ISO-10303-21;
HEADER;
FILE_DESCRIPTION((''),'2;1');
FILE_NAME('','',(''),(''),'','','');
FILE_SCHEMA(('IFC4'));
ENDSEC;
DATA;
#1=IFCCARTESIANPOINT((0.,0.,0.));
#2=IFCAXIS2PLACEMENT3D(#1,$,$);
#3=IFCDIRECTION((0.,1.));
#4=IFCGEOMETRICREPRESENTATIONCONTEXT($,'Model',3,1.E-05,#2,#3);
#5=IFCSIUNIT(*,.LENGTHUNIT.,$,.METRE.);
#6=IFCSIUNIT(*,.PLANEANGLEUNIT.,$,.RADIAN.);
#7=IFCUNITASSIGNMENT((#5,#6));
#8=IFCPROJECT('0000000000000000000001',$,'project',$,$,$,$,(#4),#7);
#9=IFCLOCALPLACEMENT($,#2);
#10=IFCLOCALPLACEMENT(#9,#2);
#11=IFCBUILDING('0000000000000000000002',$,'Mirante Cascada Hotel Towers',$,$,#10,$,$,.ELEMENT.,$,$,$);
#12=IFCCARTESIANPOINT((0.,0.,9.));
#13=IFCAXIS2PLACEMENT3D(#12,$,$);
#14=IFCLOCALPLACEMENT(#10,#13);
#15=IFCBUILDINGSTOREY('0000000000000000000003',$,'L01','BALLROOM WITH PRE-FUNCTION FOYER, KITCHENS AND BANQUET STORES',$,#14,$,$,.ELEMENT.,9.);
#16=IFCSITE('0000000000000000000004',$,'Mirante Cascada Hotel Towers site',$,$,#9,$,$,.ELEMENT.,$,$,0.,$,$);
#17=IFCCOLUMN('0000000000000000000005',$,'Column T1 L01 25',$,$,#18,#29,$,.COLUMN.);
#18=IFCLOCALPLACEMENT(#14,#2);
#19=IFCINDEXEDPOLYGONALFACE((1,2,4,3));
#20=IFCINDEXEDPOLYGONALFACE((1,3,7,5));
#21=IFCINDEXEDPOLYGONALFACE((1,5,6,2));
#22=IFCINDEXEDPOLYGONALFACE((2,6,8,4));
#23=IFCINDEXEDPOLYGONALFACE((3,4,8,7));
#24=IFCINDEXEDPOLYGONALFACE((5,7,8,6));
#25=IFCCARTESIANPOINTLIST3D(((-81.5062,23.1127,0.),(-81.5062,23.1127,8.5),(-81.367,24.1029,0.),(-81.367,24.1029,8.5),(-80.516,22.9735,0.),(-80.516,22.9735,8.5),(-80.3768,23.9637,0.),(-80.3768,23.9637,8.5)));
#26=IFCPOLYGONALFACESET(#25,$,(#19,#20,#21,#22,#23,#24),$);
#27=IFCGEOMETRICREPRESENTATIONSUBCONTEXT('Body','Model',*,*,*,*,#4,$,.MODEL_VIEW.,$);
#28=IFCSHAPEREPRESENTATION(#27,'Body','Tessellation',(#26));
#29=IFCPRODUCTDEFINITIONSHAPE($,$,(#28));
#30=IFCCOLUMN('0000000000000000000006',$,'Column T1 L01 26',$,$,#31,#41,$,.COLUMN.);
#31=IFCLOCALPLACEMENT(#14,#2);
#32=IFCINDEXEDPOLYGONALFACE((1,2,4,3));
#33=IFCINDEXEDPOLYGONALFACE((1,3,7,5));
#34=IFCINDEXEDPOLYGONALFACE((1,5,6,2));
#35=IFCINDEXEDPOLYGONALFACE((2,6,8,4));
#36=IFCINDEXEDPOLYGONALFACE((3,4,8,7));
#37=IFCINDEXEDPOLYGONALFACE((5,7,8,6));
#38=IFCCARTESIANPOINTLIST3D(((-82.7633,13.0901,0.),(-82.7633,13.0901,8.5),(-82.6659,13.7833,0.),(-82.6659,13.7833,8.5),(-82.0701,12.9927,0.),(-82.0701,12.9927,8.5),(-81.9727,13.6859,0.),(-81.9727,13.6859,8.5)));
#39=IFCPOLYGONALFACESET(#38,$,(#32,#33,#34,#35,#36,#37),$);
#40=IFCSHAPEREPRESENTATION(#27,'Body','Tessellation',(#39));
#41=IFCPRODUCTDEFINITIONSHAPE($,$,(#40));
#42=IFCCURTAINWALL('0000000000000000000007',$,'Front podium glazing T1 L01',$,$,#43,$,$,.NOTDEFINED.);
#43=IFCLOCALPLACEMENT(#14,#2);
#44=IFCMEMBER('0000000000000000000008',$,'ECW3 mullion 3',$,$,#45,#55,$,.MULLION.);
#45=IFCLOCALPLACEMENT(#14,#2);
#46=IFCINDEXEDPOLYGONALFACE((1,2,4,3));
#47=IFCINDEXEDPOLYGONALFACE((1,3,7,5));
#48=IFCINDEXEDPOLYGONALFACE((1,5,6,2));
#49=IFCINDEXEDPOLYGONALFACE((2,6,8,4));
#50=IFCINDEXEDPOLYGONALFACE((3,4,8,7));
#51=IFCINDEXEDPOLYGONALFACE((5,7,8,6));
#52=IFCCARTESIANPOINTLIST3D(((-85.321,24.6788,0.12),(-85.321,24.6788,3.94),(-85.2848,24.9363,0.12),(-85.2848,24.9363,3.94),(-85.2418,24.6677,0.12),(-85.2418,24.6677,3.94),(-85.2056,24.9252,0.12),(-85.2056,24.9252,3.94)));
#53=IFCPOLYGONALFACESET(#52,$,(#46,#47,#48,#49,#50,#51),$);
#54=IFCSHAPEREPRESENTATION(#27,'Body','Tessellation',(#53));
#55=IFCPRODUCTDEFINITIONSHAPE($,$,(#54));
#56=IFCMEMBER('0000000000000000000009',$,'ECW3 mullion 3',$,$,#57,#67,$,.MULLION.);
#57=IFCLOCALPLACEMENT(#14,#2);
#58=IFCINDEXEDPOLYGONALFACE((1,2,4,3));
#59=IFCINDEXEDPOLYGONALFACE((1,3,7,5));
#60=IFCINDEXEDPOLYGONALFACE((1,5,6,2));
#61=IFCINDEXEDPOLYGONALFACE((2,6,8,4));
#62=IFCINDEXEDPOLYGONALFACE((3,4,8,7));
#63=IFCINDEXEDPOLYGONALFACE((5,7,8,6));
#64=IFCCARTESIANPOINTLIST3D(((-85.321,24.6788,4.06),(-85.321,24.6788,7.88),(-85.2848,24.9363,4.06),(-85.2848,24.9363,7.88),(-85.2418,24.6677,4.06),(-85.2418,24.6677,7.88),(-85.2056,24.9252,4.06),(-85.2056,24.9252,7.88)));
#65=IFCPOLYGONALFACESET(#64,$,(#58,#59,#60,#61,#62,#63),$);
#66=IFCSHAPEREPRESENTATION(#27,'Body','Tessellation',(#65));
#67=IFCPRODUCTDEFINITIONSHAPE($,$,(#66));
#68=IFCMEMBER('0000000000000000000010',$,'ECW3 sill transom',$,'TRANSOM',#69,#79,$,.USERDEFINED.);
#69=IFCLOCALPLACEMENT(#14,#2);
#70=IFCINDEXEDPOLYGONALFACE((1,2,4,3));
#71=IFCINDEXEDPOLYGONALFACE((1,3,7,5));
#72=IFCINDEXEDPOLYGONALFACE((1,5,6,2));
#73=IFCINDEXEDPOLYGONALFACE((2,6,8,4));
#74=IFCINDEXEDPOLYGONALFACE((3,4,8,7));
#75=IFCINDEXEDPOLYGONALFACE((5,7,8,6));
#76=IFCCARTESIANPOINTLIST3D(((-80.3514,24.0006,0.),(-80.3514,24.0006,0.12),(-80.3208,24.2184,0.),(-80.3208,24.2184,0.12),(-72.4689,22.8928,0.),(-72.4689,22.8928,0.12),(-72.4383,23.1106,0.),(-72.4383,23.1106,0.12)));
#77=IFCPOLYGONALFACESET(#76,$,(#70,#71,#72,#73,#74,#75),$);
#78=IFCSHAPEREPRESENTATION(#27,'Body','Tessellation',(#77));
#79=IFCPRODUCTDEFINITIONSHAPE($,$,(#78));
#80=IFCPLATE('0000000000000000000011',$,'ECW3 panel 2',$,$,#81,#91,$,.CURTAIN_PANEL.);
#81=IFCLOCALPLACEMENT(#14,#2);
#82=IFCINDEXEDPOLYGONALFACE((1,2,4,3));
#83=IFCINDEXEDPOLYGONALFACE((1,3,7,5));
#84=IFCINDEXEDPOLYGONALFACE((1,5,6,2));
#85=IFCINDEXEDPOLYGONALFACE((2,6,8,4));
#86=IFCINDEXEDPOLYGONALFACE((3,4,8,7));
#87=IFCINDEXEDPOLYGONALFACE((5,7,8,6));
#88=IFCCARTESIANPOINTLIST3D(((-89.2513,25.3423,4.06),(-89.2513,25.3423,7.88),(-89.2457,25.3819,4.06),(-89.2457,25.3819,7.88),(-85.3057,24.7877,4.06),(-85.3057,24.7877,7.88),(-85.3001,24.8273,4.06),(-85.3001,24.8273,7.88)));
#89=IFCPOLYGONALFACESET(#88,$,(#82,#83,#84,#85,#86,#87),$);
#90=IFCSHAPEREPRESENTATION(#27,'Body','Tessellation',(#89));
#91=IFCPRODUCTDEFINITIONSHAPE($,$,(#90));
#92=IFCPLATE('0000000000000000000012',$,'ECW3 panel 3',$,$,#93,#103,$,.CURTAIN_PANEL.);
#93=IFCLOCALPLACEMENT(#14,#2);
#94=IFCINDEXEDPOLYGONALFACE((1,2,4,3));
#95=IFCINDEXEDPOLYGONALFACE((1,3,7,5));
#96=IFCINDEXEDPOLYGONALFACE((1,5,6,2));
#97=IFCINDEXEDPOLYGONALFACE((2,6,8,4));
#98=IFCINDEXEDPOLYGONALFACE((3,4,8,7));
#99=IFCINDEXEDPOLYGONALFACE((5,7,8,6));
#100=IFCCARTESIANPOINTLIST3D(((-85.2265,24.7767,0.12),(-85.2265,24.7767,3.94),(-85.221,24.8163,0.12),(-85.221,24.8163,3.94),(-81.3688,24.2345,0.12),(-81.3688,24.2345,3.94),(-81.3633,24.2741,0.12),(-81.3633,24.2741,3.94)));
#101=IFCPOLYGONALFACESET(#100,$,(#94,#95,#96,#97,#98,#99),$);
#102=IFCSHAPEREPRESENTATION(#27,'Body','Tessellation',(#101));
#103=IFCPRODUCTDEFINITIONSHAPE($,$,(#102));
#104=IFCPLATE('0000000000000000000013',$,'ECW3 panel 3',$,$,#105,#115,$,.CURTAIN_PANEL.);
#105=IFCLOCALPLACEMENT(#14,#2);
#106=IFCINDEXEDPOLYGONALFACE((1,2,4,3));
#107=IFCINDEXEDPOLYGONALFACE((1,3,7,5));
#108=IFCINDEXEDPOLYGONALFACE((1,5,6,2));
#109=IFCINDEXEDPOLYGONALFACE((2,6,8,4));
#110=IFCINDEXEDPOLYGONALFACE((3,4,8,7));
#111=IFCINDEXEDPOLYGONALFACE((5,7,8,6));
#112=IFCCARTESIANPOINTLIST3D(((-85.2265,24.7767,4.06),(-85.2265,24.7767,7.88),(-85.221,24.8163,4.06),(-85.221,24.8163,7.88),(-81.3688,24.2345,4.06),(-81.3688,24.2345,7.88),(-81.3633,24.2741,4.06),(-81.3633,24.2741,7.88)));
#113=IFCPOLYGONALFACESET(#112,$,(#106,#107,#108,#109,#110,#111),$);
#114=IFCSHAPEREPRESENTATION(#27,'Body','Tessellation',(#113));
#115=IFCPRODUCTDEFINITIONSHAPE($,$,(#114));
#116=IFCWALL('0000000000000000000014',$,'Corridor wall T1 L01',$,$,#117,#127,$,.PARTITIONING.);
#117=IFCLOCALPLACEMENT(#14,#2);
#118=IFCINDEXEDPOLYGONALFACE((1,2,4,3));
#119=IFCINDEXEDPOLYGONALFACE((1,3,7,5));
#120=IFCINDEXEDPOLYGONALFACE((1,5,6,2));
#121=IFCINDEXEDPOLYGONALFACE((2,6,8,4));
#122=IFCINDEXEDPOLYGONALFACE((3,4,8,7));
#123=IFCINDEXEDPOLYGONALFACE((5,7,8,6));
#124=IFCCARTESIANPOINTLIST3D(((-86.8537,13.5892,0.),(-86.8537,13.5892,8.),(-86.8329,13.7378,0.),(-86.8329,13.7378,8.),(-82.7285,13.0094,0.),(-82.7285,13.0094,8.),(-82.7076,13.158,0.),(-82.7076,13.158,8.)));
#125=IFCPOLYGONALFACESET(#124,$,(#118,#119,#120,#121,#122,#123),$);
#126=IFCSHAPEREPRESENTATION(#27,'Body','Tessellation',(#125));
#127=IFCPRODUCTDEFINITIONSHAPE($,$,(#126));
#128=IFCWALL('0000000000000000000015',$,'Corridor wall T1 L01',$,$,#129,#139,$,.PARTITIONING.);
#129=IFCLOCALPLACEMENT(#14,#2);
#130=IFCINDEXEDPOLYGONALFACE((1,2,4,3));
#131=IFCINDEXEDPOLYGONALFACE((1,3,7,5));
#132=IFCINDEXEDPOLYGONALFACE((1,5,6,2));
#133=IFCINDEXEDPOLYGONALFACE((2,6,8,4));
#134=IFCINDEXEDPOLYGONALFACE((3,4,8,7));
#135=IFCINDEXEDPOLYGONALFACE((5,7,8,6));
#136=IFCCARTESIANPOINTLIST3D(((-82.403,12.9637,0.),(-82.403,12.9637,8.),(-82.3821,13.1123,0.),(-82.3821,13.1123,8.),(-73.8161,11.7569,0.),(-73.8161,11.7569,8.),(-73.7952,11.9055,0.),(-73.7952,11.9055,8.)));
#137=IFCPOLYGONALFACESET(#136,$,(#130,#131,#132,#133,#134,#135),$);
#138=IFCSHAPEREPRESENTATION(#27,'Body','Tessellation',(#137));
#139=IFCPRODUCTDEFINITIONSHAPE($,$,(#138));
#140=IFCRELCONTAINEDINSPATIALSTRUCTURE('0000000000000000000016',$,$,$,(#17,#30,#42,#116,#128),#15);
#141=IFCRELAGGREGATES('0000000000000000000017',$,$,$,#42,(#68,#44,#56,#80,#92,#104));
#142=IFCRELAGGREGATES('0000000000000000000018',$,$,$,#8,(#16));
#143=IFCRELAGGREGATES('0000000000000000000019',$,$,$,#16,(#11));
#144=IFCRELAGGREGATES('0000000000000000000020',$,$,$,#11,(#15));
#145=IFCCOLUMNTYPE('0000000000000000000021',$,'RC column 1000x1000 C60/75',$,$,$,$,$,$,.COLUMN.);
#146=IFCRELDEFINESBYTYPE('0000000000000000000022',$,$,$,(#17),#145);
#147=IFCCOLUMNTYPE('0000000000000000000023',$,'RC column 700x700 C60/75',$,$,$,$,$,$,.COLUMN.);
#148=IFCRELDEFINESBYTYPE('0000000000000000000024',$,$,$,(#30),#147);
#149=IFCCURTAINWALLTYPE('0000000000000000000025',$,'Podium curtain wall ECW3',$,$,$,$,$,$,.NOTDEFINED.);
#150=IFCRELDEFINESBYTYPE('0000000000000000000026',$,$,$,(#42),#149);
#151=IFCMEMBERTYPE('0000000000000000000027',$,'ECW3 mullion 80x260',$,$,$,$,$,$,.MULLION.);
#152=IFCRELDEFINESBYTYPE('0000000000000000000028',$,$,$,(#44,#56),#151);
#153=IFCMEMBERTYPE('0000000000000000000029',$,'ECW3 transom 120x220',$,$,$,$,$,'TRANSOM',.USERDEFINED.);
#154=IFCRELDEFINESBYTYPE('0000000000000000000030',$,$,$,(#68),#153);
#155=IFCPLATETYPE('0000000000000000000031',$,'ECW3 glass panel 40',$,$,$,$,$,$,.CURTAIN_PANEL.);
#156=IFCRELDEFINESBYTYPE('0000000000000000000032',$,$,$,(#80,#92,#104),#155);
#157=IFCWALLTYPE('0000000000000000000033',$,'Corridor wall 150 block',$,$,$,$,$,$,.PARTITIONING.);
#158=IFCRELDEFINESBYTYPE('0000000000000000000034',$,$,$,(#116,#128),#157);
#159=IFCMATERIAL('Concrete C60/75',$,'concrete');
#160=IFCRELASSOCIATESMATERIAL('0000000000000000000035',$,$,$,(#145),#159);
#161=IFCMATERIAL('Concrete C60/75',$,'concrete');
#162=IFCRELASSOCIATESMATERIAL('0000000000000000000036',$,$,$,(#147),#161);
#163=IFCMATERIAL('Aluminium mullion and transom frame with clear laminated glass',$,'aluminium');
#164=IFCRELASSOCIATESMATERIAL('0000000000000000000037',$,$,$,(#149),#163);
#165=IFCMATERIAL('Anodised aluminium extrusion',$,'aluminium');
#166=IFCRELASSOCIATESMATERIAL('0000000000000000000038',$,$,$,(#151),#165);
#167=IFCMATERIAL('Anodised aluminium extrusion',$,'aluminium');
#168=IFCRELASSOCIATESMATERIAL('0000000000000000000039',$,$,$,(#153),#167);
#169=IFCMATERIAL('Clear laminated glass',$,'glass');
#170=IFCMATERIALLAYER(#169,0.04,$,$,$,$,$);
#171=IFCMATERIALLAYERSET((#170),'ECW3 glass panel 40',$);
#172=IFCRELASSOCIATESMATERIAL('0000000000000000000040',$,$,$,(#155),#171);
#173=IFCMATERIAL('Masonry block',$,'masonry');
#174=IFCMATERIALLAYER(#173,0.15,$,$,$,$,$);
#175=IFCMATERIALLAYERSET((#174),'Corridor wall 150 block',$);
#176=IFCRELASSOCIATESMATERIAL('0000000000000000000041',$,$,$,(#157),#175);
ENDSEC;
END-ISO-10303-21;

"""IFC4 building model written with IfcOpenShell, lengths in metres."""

from ifc_helpers import new_model, si_unit, direction, frame, frame_2d, origin, origin_2d, place, context, subcontext, project, spatial, rectangle, extrude, material, layer, layer_set, material_profile, profile_set, type_object, element, aggregate, save


model = new_model("IFC4")

# Units and contexts
model_context = context("Model", 3, precision=1e-05, world=origin(), true_north=direction((0.0, 1.0)))
body_context = subcontext(model_context, "Body", "Model", "MODEL_VIEW")
ifc_project = project(units=[si_unit("LENGTHUNIT", "METRE"), si_unit("PLANEANGLEUNIT", "RADIAN")], contexts=[model_context])

# Site, building, storey
site_placement = place(None, origin())
site = spatial("IfcSite", under=ifc_project, at=site_placement, Name="Mirante Cascada Hotel Towers site", CompositionType="ELEMENT", RefElevation=0.0)
building_placement = place(site_placement, origin())
building = spatial("IfcBuilding", under=site, at=building_placement, Name="Mirante Cascada Hotel Towers", CompositionType="ELEMENT")
storey_placement = place(building_placement, frame((0.0, 0.0, 9.0)))
storey = spatial("IfcBuildingStorey", under=building, at=storey_placement, Name="L01", Description="BALLROOM WITH PRE-FUNCTION FOYER, KITCHENS AND BANQUET STORES", CompositionType="ELEMENT", Elevation=9.0)

# Columns
ifc_material_1 = material(Name="Concrete C60/75", Category="concrete")
ifc_material_profile_1 = material_profile(ifc_material_1, rectangle(XDim=1.0, YDim=1.0, at=origin_2d()), Name="RC column 1000x1000 C60/75")
ifc_profile_set_1 = profile_set([ifc_material_profile_1], Name="Concrete C60/75")
column_type_1 = type_object("IfcColumnType", Name="RC column 1000x1000 C60/75", PredefinedType="COLUMN", material=ifc_profile_set_1)
column_1_placement = place(storey_placement, frame((-80.9415, 23.5382, 0.0), z_axis=(0.0, 0.0, 1.0), x_axis=(-0.990268, 0.139173, 0.0)))
element("IfcColumn", 1, at=column_1_placement, inside=storey, type_object=column_type_1, Name="Column T1 L01 25", PredefinedType="COLUMN", context=body_context, shape_type="SweptSolid", body=[
    extrude(rectangle(XDim=1.0, YDim=1.0, at=origin_2d()), origin(), (0.0, 0.0, 1.0), 8.5),
])
ifc_material_2 = material(Name="Concrete C60/75", Category="concrete")
ifc_material_profile_2 = material_profile(ifc_material_2, rectangle(XDim=0.7, YDim=0.7, at=origin_2d()), Name="RC column 700x700 C60/75")
ifc_profile_set_2 = profile_set([ifc_material_profile_2], Name="Concrete C60/75")
column_type_2 = type_object("IfcColumnType", Name="RC column 700x700 C60/75", PredefinedType="COLUMN", material=ifc_profile_set_2)
column_2_placement = place(storey_placement, frame((-82.368, 13.388, 0.0), z_axis=(0.0, 0.0, 1.0), x_axis=(-0.990268, 0.139173, 0.0)))
element("IfcColumn", 2, at=column_2_placement, inside=storey, type_object=column_type_2, Name="Column T1 L01 26", PredefinedType="COLUMN", context=body_context, shape_type="SweptSolid", body=[
    extrude(rectangle(XDim=0.7, YDim=0.7, at=origin_2d()), origin(), (0.0, 0.0, 1.0), 8.5),
])

# Curtain wall, members, plates
ifc_material_3 = material(Name="Aluminium mullion and transom frame with clear laminated glass", Category="aluminium")
curtain_wall_type = type_object("IfcCurtainWallType", Name="Podium curtain wall ECW3", PredefinedType="NOTDEFINED", material=ifc_material_3)
curtain_wall_placement = place(storey_placement, origin())
curtain_wall = element("IfcCurtainWall", 3, at=curtain_wall_placement, inside=storey, type_object=curtain_wall_type, Name="Front podium glazing T1 L01", PredefinedType="NOTDEFINED")
ifc_material_4 = material(Name="Anodised aluminium extrusion", Category="aluminium")
ifc_material_profile_3 = material_profile(ifc_material_4, rectangle(XDim=0.26, YDim=0.08, at=origin_2d()), Name="ECW3 MULLION 80x260")
ifc_profile_set_3 = profile_set([ifc_material_profile_3], Name="Anodised aluminium extrusion")
member_type_1 = type_object("IfcMemberType", Name="ECW3 mullion 80x260", PredefinedType="MULLION", material=ifc_profile_set_3)
member_1_placement = place(storey_placement, frame((-85.2633, 24.802, 0.12), z_axis=(0.0, 0.0, 1.0), x_axis=(0.139173, 0.990268, 0.0)))
member_1 = element("IfcMember", 4, at=member_1_placement, type_object=member_type_1, Name="ECW3 mullion 3", PredefinedType="MULLION", context=body_context, shape_type="SweptSolid", body=[
    extrude(rectangle(XDim=0.26, YDim=0.08, at=origin_2d()), origin(), (0.0, 0.0, 1.0), 3.82),
])
member_2_placement = place(storey_placement, frame((-85.2633, 24.802, 4.06), z_axis=(0.0, 0.0, 1.0), x_axis=(0.139173, 0.990268, 0.0)))
member_2 = element("IfcMember", 5, at=member_2_placement, type_object=member_type_1, Name="ECW3 mullion 3", PredefinedType="MULLION", context=body_context, shape_type="SweptSolid", body=[
    extrude(rectangle(XDim=0.26, YDim=0.08, at=origin_2d()), origin(), (0.0, 0.0, 1.0), 3.82),
])
ifc_material_5 = material(Name="Anodised aluminium extrusion", Category="aluminium")
ifc_material_profile_4 = material_profile(ifc_material_5, rectangle(XDim=0.22, YDim=0.12, at=origin_2d()), Name="ECW3 TRANSOM 120x220")
ifc_profile_set_4 = profile_set([ifc_material_profile_4], Name="Anodised aluminium extrusion")
member_type_2 = type_object("IfcMemberType", Name="ECW3 transom 120x220", ElementType="TRANSOM", PredefinedType="USERDEFINED", material=ifc_profile_set_4)
member_3_placement = place(storey_placement, frame((-80.3361, 24.1095, 0.06), z_axis=(0.990268, -0.139172, 0.0), x_axis=(0.139172, 0.990268, 0.0)))
member_3 = element("IfcMember", 6, at=member_3_placement, type_object=member_type_2, Name="ECW3 sill transom", ObjectType="TRANSOM", PredefinedType="USERDEFINED", context=body_context, shape_type="SweptSolid", body=[
    extrude(rectangle(XDim=0.22, YDim=0.12, at=origin_2d()), origin(), (0.0, 0.0, 1.0), 7.96),
])
ifc_material_6 = material(Name="Clear laminated glass", Category="glass")
ifc_layer_1 = layer(ifc_material_6, 0.04)
ifc_layer_set_1 = layer_set([ifc_layer_1], Name="ECW3 glass panel 40")
plate_type = type_object("IfcPlateType", Name="ECW3 glass panel 40", PredefinedType="CURTAIN_PANEL", material=ifc_layer_set_1)
plate_1_placement = place(storey_placement, frame((-87.2757, 25.0848, 4.06), z_axis=(0.0, 0.0, 1.0), x_axis=(0.990268, -0.139173, 0.0)))
plate_1 = element("IfcPlate", 7, at=plate_1_placement, type_object=plate_type, Name="ECW3 panel 2", PredefinedType="CURTAIN_PANEL", context=body_context, shape_type="SweptSolid", body=[
    extrude(rectangle(XDim=3.9844, YDim=0.04, at=origin_2d()), origin(), (0.0, 0.0, 1.0), 3.82),
])
plate_2_placement = place(storey_placement, frame((-83.2949, 24.5254, 0.12), z_axis=(0.0, 0.0, 1.0), x_axis=(0.990268, -0.139173, 0.0)))
plate_2 = element("IfcPlate", 8, at=plate_2_placement, type_object=plate_type, Name="ECW3 panel 3", PredefinedType="CURTAIN_PANEL", context=body_context, shape_type="SweptSolid", body=[
    extrude(rectangle(XDim=3.8956, YDim=0.04, at=origin_2d()), origin(), (0.0, 0.0, 1.0), 3.82),
])
plate_3_placement = place(storey_placement, frame((-83.2949, 24.5254, 4.06), z_axis=(0.0, 0.0, 1.0), x_axis=(0.990268, -0.139173, 0.0)))
plate_3 = element("IfcPlate", 9, at=plate_3_placement, type_object=plate_type, Name="ECW3 panel 3", PredefinedType="CURTAIN_PANEL", context=body_context, shape_type="SweptSolid", body=[
    extrude(rectangle(XDim=3.8956, YDim=0.04, at=origin_2d()), origin(), (0.0, 0.0, 1.0), 3.82),
])
aggregate(curtain_wall, [member_3, member_1, member_2, plate_1, plate_2, plate_3])

# Walls
ifc_material_7 = material(Name="Masonry block", Category="masonry")
ifc_layer_2 = layer(ifc_material_7, 0.15)
ifc_layer_set_2 = layer_set([ifc_layer_2], Name="Corridor wall 150 block")
wall_type_1 = type_object("IfcWallType", Name="Corridor wall 150 block", PredefinedType="PARTITIONING", material=ifc_layer_set_2)
wall_1_placement = place(storey_placement, frame((-86.8433, 13.6635, 0.0), z_axis=(0.0, 0.0, 1.0), x_axis=(0.990267, -0.139179, 0.0)))
element("IfcWall", 10, at=wall_1_placement, inside=storey, type_object=wall_type_1, Name="Corridor wall T1 L01", PredefinedType="PARTITIONING", context=body_context, shape_type="SweptSolid", body=[
    extrude(rectangle(XDim=4.1658, YDim=0.15, at=frame_2d((2.0829, 0.0))), origin(), (0.0, 0.0, 1.0), 8.0),
])
wall_2_placement = place(storey_placement, frame((-82.3925, 13.038, 0.0), z_axis=(0.0, 0.0, 1.0), x_axis=(0.990268, -0.139172, 0.0)))
element("IfcWall", 11, at=wall_2_placement, inside=storey, type_object=wall_type_1, Name="Corridor wall T1 L01", PredefinedType="PARTITIONING", context=body_context, shape_type="SweptSolid", body=[
    extrude(rectangle(XDim=8.6713, YDim=0.15, at=frame_2d((4.3356, 0.0))), origin(), (0.0, 0.0, 1.0), 8.0),
])

save(model, "model.ifc")
